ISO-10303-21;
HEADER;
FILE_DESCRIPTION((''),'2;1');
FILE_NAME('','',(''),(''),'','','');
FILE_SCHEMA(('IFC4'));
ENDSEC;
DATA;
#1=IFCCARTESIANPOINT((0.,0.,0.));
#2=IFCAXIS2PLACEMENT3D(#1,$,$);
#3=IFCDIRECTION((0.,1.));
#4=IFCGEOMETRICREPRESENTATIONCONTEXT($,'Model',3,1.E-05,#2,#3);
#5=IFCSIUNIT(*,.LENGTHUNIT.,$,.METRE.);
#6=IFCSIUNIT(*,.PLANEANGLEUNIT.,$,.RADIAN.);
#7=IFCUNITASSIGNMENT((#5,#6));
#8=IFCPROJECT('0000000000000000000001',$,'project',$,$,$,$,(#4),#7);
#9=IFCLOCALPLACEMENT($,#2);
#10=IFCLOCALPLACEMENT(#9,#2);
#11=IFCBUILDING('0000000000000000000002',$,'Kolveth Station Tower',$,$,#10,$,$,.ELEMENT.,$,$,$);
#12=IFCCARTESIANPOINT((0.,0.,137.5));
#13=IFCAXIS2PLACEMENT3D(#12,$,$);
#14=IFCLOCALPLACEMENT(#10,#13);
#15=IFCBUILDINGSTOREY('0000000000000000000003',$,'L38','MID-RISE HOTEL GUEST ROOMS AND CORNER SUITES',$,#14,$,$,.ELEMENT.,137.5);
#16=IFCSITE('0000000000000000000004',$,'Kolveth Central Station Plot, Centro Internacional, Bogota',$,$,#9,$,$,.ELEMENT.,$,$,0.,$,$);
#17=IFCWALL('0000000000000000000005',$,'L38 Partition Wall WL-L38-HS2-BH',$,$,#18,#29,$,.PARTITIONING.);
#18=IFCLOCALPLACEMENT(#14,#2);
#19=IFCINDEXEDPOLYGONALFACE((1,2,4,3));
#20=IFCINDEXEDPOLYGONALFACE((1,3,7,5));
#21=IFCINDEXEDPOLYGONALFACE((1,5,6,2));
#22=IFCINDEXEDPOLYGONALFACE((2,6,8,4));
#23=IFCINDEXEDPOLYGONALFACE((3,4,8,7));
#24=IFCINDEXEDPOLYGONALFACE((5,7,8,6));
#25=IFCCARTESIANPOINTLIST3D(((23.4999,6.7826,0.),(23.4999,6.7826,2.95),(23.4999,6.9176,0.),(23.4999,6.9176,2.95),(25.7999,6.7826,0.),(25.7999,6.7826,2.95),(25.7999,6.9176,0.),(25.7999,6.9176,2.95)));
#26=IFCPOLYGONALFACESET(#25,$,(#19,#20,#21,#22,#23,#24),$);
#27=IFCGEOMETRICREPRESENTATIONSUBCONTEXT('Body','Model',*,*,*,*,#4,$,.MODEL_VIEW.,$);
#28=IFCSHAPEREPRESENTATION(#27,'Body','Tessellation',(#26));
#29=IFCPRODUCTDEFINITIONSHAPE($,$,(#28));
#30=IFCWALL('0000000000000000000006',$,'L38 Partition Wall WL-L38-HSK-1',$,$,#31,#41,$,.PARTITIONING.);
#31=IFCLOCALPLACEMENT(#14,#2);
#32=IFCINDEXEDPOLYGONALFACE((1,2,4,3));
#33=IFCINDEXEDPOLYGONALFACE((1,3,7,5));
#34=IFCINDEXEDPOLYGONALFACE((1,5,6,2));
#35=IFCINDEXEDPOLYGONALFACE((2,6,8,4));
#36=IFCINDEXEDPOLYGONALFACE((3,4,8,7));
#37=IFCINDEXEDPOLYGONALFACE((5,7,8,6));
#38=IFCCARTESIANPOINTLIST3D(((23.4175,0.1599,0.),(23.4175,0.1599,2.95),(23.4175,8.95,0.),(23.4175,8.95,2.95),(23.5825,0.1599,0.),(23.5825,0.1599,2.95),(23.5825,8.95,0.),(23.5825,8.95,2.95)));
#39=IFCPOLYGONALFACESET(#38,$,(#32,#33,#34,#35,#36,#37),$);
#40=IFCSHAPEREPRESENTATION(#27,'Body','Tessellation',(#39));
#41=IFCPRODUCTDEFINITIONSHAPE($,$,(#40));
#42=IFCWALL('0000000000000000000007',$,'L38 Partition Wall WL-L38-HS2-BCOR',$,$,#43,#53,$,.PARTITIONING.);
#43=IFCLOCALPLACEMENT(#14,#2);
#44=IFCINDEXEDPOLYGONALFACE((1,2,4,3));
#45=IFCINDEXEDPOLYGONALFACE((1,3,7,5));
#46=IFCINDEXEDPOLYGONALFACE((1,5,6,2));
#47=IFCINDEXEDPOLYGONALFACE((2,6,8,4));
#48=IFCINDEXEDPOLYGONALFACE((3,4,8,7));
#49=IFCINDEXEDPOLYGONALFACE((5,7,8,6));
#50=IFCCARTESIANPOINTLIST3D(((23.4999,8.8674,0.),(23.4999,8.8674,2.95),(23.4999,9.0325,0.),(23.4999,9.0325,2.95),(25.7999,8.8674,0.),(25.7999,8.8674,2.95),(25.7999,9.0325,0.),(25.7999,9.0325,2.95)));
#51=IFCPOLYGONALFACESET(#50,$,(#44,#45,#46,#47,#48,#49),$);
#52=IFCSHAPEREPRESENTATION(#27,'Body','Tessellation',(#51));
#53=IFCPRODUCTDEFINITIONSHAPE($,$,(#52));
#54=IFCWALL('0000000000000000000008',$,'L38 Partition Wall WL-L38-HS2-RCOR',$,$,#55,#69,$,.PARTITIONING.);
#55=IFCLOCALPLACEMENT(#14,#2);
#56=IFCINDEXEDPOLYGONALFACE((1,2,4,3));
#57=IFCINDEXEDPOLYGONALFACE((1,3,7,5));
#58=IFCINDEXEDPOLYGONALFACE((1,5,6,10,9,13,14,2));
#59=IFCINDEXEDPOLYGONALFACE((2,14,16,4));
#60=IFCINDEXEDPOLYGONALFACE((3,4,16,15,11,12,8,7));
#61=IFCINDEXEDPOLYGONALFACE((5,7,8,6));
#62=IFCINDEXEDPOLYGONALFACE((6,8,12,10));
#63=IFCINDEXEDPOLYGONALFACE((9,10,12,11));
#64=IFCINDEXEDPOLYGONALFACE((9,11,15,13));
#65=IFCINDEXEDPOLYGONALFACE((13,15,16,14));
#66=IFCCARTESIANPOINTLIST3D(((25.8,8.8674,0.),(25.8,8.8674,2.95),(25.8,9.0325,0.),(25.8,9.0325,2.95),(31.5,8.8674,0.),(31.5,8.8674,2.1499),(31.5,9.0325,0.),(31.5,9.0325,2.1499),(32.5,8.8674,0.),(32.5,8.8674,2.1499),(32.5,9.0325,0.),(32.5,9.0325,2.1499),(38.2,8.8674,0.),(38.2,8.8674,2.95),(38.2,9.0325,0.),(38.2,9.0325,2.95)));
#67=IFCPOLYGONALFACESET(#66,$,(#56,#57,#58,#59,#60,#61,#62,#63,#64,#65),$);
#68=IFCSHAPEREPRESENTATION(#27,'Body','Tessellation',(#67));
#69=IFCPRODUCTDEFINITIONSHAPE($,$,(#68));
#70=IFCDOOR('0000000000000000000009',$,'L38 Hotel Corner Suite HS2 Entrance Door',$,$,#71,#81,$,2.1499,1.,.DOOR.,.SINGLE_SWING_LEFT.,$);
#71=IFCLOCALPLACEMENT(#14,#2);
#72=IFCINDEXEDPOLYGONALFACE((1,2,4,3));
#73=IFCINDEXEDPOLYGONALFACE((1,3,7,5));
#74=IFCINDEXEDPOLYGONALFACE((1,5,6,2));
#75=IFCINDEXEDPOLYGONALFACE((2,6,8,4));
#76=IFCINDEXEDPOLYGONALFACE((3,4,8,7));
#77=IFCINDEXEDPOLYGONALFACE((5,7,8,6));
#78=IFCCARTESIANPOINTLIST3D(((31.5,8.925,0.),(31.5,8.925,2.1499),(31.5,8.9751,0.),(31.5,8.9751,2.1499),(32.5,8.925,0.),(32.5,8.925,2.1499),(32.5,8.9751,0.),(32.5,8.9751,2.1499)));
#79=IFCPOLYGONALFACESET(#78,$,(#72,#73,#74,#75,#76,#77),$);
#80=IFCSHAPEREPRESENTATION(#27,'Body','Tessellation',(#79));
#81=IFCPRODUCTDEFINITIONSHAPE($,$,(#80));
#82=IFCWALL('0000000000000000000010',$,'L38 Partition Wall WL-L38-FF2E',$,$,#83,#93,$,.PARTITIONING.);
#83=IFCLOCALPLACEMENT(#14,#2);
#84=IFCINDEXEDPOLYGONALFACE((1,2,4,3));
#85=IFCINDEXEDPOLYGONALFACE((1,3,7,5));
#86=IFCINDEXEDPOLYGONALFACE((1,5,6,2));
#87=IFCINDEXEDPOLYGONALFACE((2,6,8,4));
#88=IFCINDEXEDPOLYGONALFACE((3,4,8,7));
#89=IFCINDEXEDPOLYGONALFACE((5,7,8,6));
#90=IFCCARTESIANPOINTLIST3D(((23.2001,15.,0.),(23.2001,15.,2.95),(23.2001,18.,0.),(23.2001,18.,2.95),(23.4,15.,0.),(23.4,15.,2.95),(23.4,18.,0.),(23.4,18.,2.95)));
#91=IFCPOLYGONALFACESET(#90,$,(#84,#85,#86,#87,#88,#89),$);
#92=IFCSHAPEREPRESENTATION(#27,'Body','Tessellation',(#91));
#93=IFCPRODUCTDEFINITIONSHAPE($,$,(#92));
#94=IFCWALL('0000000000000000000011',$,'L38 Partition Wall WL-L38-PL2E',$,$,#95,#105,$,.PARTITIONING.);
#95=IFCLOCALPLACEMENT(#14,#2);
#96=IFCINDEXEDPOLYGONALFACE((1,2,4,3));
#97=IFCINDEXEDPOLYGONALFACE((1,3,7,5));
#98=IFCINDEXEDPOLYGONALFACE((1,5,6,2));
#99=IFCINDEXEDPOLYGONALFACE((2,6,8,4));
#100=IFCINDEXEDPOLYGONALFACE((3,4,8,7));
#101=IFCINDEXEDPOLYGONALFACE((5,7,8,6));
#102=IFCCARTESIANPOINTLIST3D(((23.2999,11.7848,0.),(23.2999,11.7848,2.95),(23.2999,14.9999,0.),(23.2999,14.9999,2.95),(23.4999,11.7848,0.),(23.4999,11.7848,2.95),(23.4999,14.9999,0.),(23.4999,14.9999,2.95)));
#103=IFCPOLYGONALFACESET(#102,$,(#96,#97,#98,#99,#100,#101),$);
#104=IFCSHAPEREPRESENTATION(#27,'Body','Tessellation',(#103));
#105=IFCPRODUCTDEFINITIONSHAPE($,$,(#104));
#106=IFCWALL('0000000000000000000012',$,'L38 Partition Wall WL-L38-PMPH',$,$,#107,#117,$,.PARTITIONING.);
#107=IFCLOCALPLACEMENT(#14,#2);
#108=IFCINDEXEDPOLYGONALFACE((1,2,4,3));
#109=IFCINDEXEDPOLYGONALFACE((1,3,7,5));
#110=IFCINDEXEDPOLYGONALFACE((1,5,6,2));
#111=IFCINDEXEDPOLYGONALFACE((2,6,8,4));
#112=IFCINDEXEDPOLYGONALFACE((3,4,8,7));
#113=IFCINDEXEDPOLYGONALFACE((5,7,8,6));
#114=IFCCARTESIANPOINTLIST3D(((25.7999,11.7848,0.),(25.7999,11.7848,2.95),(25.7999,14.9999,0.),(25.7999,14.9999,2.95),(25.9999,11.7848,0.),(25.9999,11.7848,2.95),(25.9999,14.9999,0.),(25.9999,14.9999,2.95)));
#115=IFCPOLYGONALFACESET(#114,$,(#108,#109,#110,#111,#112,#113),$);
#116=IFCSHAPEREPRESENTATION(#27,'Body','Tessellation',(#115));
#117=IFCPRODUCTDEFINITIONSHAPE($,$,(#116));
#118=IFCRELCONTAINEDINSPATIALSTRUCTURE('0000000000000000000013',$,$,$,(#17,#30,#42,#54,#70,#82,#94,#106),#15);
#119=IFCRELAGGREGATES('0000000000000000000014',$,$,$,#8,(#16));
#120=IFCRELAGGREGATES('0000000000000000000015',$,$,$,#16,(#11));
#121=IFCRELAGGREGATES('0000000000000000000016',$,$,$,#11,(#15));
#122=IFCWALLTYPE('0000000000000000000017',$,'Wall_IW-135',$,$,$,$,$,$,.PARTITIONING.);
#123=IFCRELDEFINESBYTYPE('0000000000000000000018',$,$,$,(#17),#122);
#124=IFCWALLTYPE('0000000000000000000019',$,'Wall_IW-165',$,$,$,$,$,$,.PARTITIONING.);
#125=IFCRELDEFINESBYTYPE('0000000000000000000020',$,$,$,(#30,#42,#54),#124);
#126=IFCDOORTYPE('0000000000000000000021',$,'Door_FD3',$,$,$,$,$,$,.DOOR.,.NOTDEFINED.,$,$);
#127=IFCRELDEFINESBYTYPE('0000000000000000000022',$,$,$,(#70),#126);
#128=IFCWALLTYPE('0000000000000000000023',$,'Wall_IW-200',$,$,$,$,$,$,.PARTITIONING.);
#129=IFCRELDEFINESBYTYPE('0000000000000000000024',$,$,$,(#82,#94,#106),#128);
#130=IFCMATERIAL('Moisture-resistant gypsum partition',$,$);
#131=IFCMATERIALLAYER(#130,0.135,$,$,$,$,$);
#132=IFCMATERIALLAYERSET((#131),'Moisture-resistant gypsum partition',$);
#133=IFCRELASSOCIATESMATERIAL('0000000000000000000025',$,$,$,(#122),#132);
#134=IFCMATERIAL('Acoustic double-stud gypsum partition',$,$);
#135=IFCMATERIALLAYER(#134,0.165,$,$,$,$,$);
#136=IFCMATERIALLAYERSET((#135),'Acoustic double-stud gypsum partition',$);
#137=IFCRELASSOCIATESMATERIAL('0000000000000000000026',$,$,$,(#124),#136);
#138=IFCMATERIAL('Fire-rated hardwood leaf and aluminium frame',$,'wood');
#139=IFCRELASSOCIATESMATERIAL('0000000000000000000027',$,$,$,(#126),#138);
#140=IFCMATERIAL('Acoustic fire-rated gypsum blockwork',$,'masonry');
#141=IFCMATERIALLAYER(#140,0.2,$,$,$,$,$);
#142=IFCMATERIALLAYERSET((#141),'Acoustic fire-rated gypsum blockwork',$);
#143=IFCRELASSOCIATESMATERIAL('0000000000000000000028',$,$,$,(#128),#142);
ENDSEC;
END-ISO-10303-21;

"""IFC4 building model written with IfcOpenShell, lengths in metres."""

from ifc_helpers import new_model, si_unit, direction, frame, frame_2d, origin, place, context, subcontext, project, spatial, rectangle, extrude, material, layer, layer_set, type_object, element, fill, save


model = new_model("IFC4")

# Units and contexts
model_context = context("Model", 3, precision=1e-05, world=origin(), true_north=direction((0.0, 1.0)))
body_context = subcontext(model_context, "Body", "Model", "MODEL_VIEW")
ifc_project = project(units=[si_unit("LENGTHUNIT", "METRE"), si_unit("PLANEANGLEUNIT", "RADIAN")], contexts=[model_context])

# Site, building, storey
site_placement = place(None, origin())
site = spatial("IfcSite", under=ifc_project, at=site_placement, Name="Kolveth Central Station Plot, Centro Internacional, Bogota", CompositionType="ELEMENT", RefElevation=0.0)
building_placement = place(site_placement, origin())
building = spatial("IfcBuilding", under=site, at=building_placement, Name="Kolveth Station Tower", CompositionType="ELEMENT")
storey_placement = place(building_placement, frame((0.0, 0.0, 137.5)))
storey = spatial("IfcBuildingStorey", under=building, at=storey_placement, Name="L38", Description="MID-RISE HOTEL GUEST ROOMS AND CORNER SUITES", CompositionType="ELEMENT", Elevation=137.5)

# Shared definitions
ifc_material_1 = material(Name="Moisture-resistant gypsum partition")
ifc_layer_1 = layer(ifc_material_1, 0.135)
ifc_layer_set_1 = layer_set([ifc_layer_1], Name="Moisture-resistant gypsum partition")
wall_type_1 = type_object("IfcWallType", Name="Wall_IW-135", PredefinedType="PARTITIONING", material=ifc_layer_set_1)

# Walls
wall_1_placement = place(storey_placement, frame((23.5, 6.8501, 0.0), z_axis=(0.0, 0.0, 1.0), x_axis=(1.0, 0.0, 0.0)))
element("IfcWall", 1, at=wall_1_placement, inside=storey, type_object=wall_type_1, Name="L38 Partition Wall WL-L38-HS2-BH", PredefinedType="PARTITIONING", context=body_context, shape_type="SweptSolid", body=[
    extrude(rectangle(XDim=2.3, YDim=0.135, at=frame_2d((1.1499, 0.0))), origin(), (0.0, 0.0, 1.0), 2.95),
])
ifc_material_2 = material(Name="Acoustic double-stud gypsum partition")
ifc_layer_2 = layer(ifc_material_2, 0.165)
ifc_layer_set_2 = layer_set([ifc_layer_2], Name="Acoustic double-stud gypsum partition")
wall_type_2 = type_object("IfcWallType", Name="Wall_IW-165", PredefinedType="PARTITIONING", material=ifc_layer_set_2)
wall_2_placement = place(storey_placement, frame((23.5, 0.1599, 0.0), z_axis=(0.0, 0.0, 1.0), x_axis=(0.0, 1.0, 0.0)))
element("IfcWall", 2, at=wall_2_placement, inside=storey, type_object=wall_type_2, Name="L38 Partition Wall WL-L38-HSK-1", PredefinedType="PARTITIONING", context=body_context, shape_type="SweptSolid", body=[
    extrude(rectangle(XDim=8.79, YDim=0.165, at=frame_2d((4.395, 0.0))), origin(), (0.0, 0.0, 1.0), 2.95),
])
wall_3_placement = place(storey_placement, frame((23.5, 8.95, 0.0), z_axis=(0.0, 0.0, 1.0), x_axis=(1.0, 0.0, 0.0)))
element("IfcWall", 3, at=wall_3_placement, inside=storey, type_object=wall_type_2, Name="L38 Partition Wall WL-L38-HS2-BCOR", PredefinedType="PARTITIONING", context=body_context, shape_type="SweptSolid", body=[
    extrude(rectangle(XDim=2.3, YDim=0.165, at=frame_2d((1.1499, 0.0))), origin(), (0.0, 0.0, 1.0), 2.95),
])

# Wall, opening, door
wall_4_placement = place(storey_placement, frame((25.8, 8.95, 0.0), z_axis=(0.0, 0.0, 1.0), x_axis=(1.0, 0.0, 0.0)))
wall_4 = element("IfcWall", 4, at=wall_4_placement, inside=storey, type_object=wall_type_2, Name="L38 Partition Wall WL-L38-HS2-RCOR", PredefinedType="PARTITIONING", context=body_context, shape_type="SweptSolid", body=[
    extrude(rectangle(XDim=12.3999, YDim=0.165, at=frame_2d((6.2, 0.0))), origin(), (0.0, 0.0, 1.0), 2.95),
])
opening_1_placement = place(wall_4_placement, frame((5.7, 0.0, 0.0)))
opening_1 = element("IfcOpeningElement", 5, at=opening_1_placement, cuts=wall_4, PredefinedType="OPENING", context=body_context, shape_type="SweptSolid", body=[
    extrude(rectangle(XDim=1.0, YDim=2.1499, at=frame_2d((0.5, 1.075))), frame((0.0, 0.0925, 0.0), z_axis=(0.0, -1.0, 0.0), x_axis=(1.0, 0.0, 0.0)), (0.0, 0.0, 1.0), 0.1851),
])
ifc_material_3 = material(Name="Fire-rated hardwood leaf and aluminium frame", Category="wood")
door_type_1 = type_object("IfcDoorType", Name="Door_FD3", OperationType="NOTDEFINED", PredefinedType="DOOR", material=ifc_material_3)
door_1_placement = place(opening_1_placement, frame((1.0, 0.0, 0.0), z_axis=(0.0, 0.0, 1.0), x_axis=(-1.0, 0.0, 0.0)))
door_1 = element("IfcDoor", 6, at=door_1_placement, inside=storey, type_object=door_type_1, Name="L38 Hotel Corner Suite HS2 Entrance Door", OperationType="SINGLE_SWING_LEFT", OverallHeight=2.1499, OverallWidth=1.0, PredefinedType="DOOR", context=body_context, shape_type="SweptSolid", body=[
    extrude(rectangle(XDim=1.0, YDim=2.1499, at=frame_2d((0.5, 1.075))), frame((0.0, 0.0249, 0.0), z_axis=(0.0, -1.0, 0.0), x_axis=(1.0, 0.0, 0.0)), (0.0, 0.0, 1.0), 0.05),
])
fill(opening_1, door_1)

# Walls
ifc_material_4 = material(Name="Acoustic fire-rated gypsum blockwork", Category="masonry")
ifc_layer_3 = layer(ifc_material_4, 0.2)
ifc_layer_set_3 = layer_set([ifc_layer_3], Name="Acoustic fire-rated gypsum blockwork")
wall_type_3 = type_object("IfcWallType", Name="Wall_IW-200", PredefinedType="PARTITIONING", material=ifc_layer_set_3)
wall_5_placement = place(storey_placement, frame((23.3, 15.0, 0.0), z_axis=(0.0, 0.0, 1.0), x_axis=(0.0, 1.0, 0.0)))
element("IfcWall", 7, at=wall_5_placement, inside=storey, type_object=wall_type_3, Name="L38 Partition Wall WL-L38-FF2E", PredefinedType="PARTITIONING", context=body_context, shape_type="SweptSolid", body=[
    extrude(rectangle(XDim=3.0, YDim=0.2, at=frame_2d((1.5, 0.0))), origin(), (0.0, 0.0, 1.0), 2.95),
])
for number, where, z_axis, x_axis, name in (
    (8, (23.3999, 11.7849, 0.0), (0.0, 0.0, 1.0), (0.0, 1.0, 0.0), "L38 Partition Wall WL-L38-PL2E"),
    (9, (25.8999, 11.7849, 0.0), (0.0, 0.0, 1.0), (0.0, 1.0, 0.0), "L38 Partition Wall WL-L38-PMPH"),
):
    element("IfcWall", number, at=place(storey_placement, frame(where, z_axis=z_axis, x_axis=x_axis)), inside=storey, type_object=wall_type_3, Name=name, PredefinedType="PARTITIONING", context=body_context, shape_type="SweptSolid", body=[
        extrude(rectangle(XDim=3.2151, YDim=0.2, at=frame_2d((1.6074, 0.0))), origin(), (0.0, 0.0, 1.0), 2.95),
    ])

save(model, "model.ifc")
